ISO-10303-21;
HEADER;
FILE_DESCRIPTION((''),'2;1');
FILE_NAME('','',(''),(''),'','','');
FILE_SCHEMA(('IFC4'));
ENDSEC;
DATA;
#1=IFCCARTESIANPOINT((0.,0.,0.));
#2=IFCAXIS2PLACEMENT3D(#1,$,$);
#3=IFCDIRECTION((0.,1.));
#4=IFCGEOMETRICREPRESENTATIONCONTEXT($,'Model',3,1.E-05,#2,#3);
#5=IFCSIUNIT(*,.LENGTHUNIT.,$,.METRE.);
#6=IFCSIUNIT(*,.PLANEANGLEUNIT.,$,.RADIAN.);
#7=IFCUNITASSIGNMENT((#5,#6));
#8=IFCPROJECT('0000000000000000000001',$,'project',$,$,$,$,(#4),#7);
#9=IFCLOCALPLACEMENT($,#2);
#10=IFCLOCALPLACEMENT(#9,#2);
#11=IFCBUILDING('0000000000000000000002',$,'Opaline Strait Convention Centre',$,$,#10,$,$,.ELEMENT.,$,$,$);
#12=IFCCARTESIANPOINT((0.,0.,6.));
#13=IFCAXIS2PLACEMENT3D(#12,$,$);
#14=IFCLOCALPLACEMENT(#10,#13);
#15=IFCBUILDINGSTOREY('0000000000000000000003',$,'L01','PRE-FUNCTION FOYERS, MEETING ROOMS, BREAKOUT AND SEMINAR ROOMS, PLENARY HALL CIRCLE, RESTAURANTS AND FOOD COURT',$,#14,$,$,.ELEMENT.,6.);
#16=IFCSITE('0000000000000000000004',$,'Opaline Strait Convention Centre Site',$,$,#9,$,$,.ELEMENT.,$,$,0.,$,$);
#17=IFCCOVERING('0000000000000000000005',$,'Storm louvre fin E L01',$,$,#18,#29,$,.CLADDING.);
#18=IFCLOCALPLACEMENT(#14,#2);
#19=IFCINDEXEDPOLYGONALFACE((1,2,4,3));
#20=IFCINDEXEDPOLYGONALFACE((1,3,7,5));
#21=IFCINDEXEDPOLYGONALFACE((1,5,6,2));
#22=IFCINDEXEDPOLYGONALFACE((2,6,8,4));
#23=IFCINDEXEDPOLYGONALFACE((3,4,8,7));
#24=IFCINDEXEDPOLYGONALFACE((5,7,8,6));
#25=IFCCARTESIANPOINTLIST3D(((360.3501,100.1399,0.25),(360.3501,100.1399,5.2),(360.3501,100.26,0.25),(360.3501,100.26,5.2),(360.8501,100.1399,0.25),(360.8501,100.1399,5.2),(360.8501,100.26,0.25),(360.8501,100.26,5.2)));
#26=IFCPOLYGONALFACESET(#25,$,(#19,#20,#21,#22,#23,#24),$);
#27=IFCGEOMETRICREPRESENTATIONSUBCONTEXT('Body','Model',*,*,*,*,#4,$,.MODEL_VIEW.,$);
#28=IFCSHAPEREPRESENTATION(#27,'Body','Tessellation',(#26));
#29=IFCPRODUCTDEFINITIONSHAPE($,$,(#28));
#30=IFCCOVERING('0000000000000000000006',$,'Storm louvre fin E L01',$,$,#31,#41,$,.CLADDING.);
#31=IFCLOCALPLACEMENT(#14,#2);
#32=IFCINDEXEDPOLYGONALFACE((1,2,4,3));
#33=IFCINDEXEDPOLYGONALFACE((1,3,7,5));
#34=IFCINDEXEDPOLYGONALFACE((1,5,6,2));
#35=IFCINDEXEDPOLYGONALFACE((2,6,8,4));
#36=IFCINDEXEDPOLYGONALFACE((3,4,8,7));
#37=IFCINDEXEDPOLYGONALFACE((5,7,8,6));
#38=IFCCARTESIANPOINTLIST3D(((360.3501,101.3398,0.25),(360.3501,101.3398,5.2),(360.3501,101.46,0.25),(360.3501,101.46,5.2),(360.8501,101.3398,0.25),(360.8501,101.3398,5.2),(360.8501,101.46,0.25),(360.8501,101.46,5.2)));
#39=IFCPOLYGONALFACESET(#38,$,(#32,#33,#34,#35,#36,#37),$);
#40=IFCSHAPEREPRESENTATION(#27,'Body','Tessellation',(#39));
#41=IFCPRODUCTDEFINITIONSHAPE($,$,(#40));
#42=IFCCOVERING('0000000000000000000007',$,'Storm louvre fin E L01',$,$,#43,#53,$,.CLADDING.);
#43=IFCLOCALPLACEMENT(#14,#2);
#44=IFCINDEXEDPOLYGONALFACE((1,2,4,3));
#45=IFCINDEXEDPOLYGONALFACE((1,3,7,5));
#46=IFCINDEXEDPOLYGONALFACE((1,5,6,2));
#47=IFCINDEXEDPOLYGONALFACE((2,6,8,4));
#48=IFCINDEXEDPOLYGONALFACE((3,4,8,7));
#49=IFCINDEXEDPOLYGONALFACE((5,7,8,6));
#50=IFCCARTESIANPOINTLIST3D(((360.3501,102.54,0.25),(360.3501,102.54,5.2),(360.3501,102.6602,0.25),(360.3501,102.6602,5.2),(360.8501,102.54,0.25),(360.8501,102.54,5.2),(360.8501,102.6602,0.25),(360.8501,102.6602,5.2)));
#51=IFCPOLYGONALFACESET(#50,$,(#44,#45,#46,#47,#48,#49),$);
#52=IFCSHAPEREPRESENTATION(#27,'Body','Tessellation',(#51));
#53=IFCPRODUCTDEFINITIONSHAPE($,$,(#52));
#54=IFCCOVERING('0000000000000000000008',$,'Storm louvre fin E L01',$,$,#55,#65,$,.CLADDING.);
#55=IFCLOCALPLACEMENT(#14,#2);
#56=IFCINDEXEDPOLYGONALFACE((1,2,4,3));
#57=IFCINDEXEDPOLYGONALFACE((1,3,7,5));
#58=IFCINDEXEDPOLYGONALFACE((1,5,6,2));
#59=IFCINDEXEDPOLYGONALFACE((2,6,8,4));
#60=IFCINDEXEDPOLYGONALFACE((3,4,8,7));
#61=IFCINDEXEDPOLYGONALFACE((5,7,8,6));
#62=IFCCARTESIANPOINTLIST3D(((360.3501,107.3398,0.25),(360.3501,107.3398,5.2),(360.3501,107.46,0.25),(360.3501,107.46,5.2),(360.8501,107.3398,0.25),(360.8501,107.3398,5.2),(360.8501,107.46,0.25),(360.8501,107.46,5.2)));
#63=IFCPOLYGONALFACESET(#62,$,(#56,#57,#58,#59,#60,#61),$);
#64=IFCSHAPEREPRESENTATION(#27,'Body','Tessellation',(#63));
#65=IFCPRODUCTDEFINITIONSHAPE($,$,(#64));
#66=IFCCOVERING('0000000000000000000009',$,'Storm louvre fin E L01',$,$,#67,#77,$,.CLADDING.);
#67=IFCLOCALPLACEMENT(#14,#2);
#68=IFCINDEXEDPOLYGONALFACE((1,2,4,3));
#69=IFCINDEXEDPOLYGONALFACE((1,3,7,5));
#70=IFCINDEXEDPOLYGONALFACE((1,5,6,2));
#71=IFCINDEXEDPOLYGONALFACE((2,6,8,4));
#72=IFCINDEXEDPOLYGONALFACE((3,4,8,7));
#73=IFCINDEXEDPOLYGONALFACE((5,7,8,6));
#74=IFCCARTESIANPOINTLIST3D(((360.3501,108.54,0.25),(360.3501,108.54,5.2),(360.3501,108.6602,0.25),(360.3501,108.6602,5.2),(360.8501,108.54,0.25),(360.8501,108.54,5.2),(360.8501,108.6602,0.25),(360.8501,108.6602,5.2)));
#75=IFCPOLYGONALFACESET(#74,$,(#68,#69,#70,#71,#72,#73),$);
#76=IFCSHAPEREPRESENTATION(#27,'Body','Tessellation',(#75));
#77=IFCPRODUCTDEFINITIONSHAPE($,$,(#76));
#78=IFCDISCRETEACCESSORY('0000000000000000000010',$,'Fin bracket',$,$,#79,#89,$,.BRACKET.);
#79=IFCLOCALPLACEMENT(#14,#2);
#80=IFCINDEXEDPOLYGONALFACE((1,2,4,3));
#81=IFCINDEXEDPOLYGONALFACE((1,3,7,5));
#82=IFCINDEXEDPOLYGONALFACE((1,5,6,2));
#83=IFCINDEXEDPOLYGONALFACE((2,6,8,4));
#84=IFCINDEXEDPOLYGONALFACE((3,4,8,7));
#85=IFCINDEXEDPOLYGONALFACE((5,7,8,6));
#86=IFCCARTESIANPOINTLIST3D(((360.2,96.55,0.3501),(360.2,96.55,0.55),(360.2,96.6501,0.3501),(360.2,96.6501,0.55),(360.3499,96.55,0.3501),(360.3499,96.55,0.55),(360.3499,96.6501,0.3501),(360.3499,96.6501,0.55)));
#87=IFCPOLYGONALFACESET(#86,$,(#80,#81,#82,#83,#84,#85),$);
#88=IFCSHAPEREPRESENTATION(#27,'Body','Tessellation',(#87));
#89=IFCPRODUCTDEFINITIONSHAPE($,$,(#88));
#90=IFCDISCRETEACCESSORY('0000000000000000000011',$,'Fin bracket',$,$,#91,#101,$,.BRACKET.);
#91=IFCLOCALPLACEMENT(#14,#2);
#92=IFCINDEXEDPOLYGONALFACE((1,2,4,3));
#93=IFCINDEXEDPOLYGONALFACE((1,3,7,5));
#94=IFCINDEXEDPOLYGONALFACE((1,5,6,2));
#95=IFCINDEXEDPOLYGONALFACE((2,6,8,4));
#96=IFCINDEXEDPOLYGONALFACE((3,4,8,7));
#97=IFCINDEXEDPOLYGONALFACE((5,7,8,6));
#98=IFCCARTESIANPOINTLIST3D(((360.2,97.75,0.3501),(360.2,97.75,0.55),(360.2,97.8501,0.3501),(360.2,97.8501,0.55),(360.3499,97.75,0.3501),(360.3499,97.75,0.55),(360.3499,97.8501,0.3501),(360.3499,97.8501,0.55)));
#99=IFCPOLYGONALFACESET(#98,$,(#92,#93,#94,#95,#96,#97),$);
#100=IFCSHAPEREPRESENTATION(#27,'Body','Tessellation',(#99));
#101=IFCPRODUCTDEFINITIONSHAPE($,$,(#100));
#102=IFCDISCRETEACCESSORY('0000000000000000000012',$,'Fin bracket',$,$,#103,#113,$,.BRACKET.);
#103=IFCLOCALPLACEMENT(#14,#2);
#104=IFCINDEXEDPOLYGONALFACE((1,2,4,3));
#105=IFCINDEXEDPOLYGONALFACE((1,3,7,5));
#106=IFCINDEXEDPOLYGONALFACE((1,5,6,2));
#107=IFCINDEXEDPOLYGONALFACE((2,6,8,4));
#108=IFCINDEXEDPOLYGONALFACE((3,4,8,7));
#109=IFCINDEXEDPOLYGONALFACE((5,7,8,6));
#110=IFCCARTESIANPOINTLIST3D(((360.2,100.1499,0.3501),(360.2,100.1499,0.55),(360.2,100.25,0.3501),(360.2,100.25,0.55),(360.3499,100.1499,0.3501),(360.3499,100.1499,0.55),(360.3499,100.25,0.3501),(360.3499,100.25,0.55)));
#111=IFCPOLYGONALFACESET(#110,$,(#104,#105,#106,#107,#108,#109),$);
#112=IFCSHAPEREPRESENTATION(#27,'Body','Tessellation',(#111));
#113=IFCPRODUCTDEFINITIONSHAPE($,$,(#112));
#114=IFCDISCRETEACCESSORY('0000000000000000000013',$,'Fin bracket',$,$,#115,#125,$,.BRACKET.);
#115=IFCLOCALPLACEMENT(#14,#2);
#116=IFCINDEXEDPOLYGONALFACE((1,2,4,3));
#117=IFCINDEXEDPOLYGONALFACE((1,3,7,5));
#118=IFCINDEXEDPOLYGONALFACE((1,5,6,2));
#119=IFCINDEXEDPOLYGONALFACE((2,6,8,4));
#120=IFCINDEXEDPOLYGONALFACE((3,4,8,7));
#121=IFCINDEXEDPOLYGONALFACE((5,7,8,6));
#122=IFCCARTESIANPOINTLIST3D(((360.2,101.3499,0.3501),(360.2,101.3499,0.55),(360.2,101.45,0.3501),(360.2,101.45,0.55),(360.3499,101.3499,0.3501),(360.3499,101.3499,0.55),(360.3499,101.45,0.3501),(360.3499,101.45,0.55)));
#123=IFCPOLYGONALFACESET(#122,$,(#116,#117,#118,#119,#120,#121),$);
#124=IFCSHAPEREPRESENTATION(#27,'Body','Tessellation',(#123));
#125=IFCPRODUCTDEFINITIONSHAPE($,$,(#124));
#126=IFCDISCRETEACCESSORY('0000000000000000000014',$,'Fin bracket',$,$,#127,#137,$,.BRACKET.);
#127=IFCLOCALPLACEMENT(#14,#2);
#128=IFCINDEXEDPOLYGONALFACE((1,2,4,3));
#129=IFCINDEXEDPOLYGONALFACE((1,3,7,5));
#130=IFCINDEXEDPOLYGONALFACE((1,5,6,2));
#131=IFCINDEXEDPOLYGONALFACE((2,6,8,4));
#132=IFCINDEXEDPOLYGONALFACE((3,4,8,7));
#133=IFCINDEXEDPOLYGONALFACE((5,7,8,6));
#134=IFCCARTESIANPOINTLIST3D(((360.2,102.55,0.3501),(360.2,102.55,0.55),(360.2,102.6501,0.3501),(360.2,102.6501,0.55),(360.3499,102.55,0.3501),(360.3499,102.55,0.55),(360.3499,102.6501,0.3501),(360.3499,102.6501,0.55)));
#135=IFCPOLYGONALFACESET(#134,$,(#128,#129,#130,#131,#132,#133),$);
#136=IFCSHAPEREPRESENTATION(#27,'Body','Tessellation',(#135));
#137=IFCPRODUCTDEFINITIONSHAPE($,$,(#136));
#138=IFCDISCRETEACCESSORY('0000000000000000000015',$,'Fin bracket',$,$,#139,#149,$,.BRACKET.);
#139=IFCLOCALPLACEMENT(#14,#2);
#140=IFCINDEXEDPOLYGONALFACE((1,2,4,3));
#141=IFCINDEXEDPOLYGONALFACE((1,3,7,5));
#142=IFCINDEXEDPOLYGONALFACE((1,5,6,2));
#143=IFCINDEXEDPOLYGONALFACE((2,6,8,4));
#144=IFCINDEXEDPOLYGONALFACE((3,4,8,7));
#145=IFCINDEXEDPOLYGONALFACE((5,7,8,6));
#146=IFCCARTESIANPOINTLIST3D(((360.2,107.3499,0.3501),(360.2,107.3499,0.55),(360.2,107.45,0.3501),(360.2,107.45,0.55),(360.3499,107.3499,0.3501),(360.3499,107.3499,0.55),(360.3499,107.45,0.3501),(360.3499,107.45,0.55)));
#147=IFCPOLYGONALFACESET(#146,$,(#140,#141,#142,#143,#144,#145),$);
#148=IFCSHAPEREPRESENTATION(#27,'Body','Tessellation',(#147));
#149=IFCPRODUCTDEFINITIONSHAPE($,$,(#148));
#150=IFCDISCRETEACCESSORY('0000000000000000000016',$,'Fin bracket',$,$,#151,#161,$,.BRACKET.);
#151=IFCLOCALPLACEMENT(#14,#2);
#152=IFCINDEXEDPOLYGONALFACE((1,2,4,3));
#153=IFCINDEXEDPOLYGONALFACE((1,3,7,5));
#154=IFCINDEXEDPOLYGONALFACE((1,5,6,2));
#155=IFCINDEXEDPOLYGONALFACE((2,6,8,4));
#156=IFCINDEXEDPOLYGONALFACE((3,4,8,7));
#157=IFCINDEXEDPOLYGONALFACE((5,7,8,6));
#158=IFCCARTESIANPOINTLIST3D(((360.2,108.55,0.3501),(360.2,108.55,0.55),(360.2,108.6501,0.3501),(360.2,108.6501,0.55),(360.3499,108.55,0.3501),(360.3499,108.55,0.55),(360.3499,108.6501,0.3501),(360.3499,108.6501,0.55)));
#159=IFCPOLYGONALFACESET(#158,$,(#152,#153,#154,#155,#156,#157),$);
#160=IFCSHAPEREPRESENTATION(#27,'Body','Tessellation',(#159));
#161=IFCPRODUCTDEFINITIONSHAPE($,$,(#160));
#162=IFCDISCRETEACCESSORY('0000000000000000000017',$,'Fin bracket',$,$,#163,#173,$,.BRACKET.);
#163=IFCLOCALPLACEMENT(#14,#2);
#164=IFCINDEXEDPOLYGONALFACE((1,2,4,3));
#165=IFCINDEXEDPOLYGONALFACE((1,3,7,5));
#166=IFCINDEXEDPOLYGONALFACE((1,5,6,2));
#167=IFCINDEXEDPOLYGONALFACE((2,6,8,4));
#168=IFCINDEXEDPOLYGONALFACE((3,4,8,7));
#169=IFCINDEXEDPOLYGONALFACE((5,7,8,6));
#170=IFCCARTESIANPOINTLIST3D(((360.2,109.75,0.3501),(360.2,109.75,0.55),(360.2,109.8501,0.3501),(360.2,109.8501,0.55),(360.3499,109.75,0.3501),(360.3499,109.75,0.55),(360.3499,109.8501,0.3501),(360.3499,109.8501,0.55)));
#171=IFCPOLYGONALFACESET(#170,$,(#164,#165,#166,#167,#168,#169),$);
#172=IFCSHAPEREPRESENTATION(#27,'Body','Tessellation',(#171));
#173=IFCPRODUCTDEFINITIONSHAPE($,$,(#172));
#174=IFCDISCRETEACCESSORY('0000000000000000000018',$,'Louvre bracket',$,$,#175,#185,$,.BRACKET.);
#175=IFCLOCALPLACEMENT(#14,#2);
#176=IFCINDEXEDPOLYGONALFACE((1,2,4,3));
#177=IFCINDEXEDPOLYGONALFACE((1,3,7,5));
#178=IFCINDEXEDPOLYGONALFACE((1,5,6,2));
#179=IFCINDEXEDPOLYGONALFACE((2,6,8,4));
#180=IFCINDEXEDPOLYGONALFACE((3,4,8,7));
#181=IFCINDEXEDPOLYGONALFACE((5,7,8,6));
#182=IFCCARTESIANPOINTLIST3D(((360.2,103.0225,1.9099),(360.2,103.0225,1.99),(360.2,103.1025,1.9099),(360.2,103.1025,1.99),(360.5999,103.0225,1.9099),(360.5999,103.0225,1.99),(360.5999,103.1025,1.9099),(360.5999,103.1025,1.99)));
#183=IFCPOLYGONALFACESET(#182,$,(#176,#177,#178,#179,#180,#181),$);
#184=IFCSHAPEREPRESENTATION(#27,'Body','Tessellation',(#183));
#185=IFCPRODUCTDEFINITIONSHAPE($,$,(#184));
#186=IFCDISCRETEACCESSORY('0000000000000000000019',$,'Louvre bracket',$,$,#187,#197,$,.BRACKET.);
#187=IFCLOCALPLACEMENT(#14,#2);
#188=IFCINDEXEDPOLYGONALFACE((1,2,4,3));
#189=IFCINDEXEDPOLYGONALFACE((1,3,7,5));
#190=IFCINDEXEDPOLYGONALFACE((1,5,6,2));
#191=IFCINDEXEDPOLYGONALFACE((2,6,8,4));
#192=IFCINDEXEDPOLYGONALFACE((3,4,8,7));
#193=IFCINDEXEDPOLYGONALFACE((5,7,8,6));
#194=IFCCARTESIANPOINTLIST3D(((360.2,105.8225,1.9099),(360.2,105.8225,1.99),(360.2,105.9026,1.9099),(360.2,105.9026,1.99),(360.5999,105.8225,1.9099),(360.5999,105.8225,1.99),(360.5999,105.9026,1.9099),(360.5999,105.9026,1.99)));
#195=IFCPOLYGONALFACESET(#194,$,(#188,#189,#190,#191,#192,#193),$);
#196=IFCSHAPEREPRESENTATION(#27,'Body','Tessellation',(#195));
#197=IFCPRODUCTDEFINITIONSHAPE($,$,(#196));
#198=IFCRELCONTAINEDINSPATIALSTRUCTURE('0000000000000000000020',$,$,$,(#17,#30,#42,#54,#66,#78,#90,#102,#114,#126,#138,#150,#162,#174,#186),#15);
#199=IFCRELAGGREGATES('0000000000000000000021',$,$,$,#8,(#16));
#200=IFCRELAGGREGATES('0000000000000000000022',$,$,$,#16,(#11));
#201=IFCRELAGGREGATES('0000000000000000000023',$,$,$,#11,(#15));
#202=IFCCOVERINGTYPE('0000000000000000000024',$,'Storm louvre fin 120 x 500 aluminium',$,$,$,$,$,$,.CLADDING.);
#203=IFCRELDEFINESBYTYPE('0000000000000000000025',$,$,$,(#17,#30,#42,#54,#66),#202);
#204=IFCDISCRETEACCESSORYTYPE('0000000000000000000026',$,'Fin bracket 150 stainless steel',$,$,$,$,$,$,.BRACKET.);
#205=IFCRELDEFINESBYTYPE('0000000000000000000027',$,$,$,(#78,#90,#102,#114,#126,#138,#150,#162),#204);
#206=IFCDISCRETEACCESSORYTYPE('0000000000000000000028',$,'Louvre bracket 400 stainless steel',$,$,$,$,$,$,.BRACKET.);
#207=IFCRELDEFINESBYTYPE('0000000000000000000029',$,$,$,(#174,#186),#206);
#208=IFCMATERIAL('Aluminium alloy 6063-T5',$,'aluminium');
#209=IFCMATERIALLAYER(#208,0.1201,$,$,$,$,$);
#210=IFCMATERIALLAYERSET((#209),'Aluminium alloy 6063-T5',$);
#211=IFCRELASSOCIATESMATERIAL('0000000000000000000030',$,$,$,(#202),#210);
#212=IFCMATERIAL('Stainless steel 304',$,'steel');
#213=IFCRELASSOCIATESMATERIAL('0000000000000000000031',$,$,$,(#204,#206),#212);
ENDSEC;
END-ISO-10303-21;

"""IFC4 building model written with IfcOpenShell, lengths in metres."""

from ifc_helpers import new_model, si_unit, direction, frame, origin, origin_2d, place, context, subcontext, project, spatial, rectangle, extrude, material, layer, layer_set, type_object, element, save


model = new_model("IFC4")

# Units and contexts
model_context = context("Model", 3, precision=1e-05, world=origin(), true_north=direction((0.0, 1.0)))
body_context = subcontext(model_context, "Body", "Model", "MODEL_VIEW")
ifc_project = project(units=[si_unit("LENGTHUNIT", "METRE"), si_unit("PLANEANGLEUNIT", "RADIAN")], contexts=[model_context])

# Site, building, storey
site_placement = place(None, origin())
site = spatial("IfcSite", under=ifc_project, at=site_placement, Name="Opaline Strait Convention Centre Site", CompositionType="ELEMENT", RefElevation=0.0)
building_placement = place(site_placement, origin())
building = spatial("IfcBuilding", under=site, at=building_placement, Name="Opaline Strait Convention Centre", CompositionType="ELEMENT")
storey_placement = place(building_placement, frame((0.0, 0.0, 6.0)))
storey = spatial("IfcBuildingStorey", under=building, at=storey_placement, Name="L01", Description="PRE-FUNCTION FOYERS, MEETING ROOMS, BREAKOUT AND SEMINAR ROOMS, PLENARY HALL CIRCLE, RESTAURANTS AND FOOD COURT", CompositionType="ELEMENT", Elevation=6.0)

# Shared definitions
ifc_material_1 = material(Name="Stainless steel 304", Category="steel")

# Shared definitions
ifc_material_2 = material(Name="Aluminium alloy 6063-T5", Category="aluminium")

# Coverings
ifc_layer_1 = layer(ifc_material_2, 0.1201)
ifc_layer_set_1 = layer_set([ifc_layer_1], Name="Aluminium alloy 6063-T5")
covering_type = type_object("IfcCoveringType", Name="Storm louvre fin 120 x 500 aluminium", PredefinedType="CLADDING", material=ifc_layer_set_1)
for number, where, z_axis, x_axis, name in (
    (1, (360.6001, 100.2, 0.25), (0.0, 0.0, 1.0), (1.0, 0.0, 0.0), "Storm louvre fin E L01"),
    (2, (360.6001, 101.3999, 0.25), (0.0, 0.0, 1.0), (1.0, 0.0, 0.0), "Storm louvre fin E L01"),
    (3, (360.6001, 102.6001, 0.25), (0.0, 0.0, 1.0), (1.0, 0.0, 0.0), "Storm louvre fin E L01"),
    (4, (360.6001, 107.3999, 0.25), (0.0, 0.0, 1.0), (1.0, 0.0, 0.0), "Storm louvre fin E L01"),
    (5, (360.6001, 108.6001, 0.25), (0.0, 0.0, 1.0), (1.0, 0.0, 0.0), "Storm louvre fin E L01"),
):
    element("IfcCovering", number, at=place(storey_placement, frame(where, z_axis=z_axis, x_axis=x_axis)), inside=storey, type_object=covering_type, Name=name, PredefinedType="CLADDING", context=body_context, shape_type="SweptSolid", body=[
        extrude(rectangle(XDim=0.5, YDim=0.1201, at=origin_2d()), origin(), (0.0, 0.0, 1.0), 4.95),
    ])

# Discrete accessories
discrete_accessory_type_1 = type_object("IfcDiscreteAccessoryType", Name="Fin bracket 150 stainless steel", PredefinedType="BRACKET", material=ifc_material_1)
for number, where, z_axis, x_axis, name in (
    (6, (360.2749, 96.6001, 0.3501), (0.0, 0.0, 1.0), (1.0, 0.0, 0.0), "Fin bracket"),
    (7, (360.2749, 97.8, 0.3501), (0.0, 0.0, 1.0), (1.0, 0.0, 0.0), "Fin bracket"),
    (8, (360.2749, 100.2, 0.3501), (0.0, 0.0, 1.0), (1.0, 0.0, 0.0), "Fin bracket"),
    (9, (360.2749, 101.3999, 0.3501), (0.0, 0.0, 1.0), (1.0, 0.0, 0.0), "Fin bracket"),
    (10, (360.2749, 102.6001, 0.3501), (0.0, 0.0, 1.0), (1.0, 0.0, 0.0), "Fin bracket"),
    (11, (360.2749, 107.3999, 0.3501), (0.0, 0.0, 1.0), (1.0, 0.0, 0.0), "Fin bracket"),
    (12, (360.2749, 108.6001, 0.3501), (0.0, 0.0, 1.0), (1.0, 0.0, 0.0), "Fin bracket"),
    (13, (360.2749, 109.8, 0.3501), (0.0, 0.0, 1.0), (1.0, 0.0, 0.0), "Fin bracket"),
):
    element("IfcDiscreteAccessory", number, at=place(storey_placement, frame(where, z_axis=z_axis, x_axis=x_axis)), inside=storey, type_object=discrete_accessory_type_1, Name=name, PredefinedType="BRACKET", context=body_context, shape_type="SweptSolid", body=[
        extrude(rectangle(XDim=0.1499, YDim=0.1001, at=origin_2d()), origin(), (0.0, 0.0, 1.0), 0.2),
    ])
discrete_accessory_type_2 = type_object("IfcDiscreteAccessoryType", Name="Louvre bracket 400 stainless steel", PredefinedType="BRACKET", material=ifc_material_1)
for number, where, z_axis, x_axis, name in (
    (14, (360.3999, 103.0625, 1.9099), (0.0, 0.0, 1.0), (1.0, 0.0, 0.0), "Louvre bracket"),
    (15, (360.3999, 105.8625, 1.9099), (0.0, 0.0, 1.0), (1.0, 0.0, 0.0), "Louvre bracket"),
):
    element("IfcDiscreteAccessory", number, at=place(storey_placement, frame(where, z_axis=z_axis, x_axis=x_axis)), inside=storey, type_object=discrete_accessory_type_2, Name=name, PredefinedType="BRACKET", context=body_context, shape_type="SweptSolid", body=[
        extrude(rectangle(XDim=0.3999, YDim=0.0801, at=origin_2d()), origin(), (0.0, 0.0, 1.0), 0.0801),
    ])

save(model, "model.ifc")
